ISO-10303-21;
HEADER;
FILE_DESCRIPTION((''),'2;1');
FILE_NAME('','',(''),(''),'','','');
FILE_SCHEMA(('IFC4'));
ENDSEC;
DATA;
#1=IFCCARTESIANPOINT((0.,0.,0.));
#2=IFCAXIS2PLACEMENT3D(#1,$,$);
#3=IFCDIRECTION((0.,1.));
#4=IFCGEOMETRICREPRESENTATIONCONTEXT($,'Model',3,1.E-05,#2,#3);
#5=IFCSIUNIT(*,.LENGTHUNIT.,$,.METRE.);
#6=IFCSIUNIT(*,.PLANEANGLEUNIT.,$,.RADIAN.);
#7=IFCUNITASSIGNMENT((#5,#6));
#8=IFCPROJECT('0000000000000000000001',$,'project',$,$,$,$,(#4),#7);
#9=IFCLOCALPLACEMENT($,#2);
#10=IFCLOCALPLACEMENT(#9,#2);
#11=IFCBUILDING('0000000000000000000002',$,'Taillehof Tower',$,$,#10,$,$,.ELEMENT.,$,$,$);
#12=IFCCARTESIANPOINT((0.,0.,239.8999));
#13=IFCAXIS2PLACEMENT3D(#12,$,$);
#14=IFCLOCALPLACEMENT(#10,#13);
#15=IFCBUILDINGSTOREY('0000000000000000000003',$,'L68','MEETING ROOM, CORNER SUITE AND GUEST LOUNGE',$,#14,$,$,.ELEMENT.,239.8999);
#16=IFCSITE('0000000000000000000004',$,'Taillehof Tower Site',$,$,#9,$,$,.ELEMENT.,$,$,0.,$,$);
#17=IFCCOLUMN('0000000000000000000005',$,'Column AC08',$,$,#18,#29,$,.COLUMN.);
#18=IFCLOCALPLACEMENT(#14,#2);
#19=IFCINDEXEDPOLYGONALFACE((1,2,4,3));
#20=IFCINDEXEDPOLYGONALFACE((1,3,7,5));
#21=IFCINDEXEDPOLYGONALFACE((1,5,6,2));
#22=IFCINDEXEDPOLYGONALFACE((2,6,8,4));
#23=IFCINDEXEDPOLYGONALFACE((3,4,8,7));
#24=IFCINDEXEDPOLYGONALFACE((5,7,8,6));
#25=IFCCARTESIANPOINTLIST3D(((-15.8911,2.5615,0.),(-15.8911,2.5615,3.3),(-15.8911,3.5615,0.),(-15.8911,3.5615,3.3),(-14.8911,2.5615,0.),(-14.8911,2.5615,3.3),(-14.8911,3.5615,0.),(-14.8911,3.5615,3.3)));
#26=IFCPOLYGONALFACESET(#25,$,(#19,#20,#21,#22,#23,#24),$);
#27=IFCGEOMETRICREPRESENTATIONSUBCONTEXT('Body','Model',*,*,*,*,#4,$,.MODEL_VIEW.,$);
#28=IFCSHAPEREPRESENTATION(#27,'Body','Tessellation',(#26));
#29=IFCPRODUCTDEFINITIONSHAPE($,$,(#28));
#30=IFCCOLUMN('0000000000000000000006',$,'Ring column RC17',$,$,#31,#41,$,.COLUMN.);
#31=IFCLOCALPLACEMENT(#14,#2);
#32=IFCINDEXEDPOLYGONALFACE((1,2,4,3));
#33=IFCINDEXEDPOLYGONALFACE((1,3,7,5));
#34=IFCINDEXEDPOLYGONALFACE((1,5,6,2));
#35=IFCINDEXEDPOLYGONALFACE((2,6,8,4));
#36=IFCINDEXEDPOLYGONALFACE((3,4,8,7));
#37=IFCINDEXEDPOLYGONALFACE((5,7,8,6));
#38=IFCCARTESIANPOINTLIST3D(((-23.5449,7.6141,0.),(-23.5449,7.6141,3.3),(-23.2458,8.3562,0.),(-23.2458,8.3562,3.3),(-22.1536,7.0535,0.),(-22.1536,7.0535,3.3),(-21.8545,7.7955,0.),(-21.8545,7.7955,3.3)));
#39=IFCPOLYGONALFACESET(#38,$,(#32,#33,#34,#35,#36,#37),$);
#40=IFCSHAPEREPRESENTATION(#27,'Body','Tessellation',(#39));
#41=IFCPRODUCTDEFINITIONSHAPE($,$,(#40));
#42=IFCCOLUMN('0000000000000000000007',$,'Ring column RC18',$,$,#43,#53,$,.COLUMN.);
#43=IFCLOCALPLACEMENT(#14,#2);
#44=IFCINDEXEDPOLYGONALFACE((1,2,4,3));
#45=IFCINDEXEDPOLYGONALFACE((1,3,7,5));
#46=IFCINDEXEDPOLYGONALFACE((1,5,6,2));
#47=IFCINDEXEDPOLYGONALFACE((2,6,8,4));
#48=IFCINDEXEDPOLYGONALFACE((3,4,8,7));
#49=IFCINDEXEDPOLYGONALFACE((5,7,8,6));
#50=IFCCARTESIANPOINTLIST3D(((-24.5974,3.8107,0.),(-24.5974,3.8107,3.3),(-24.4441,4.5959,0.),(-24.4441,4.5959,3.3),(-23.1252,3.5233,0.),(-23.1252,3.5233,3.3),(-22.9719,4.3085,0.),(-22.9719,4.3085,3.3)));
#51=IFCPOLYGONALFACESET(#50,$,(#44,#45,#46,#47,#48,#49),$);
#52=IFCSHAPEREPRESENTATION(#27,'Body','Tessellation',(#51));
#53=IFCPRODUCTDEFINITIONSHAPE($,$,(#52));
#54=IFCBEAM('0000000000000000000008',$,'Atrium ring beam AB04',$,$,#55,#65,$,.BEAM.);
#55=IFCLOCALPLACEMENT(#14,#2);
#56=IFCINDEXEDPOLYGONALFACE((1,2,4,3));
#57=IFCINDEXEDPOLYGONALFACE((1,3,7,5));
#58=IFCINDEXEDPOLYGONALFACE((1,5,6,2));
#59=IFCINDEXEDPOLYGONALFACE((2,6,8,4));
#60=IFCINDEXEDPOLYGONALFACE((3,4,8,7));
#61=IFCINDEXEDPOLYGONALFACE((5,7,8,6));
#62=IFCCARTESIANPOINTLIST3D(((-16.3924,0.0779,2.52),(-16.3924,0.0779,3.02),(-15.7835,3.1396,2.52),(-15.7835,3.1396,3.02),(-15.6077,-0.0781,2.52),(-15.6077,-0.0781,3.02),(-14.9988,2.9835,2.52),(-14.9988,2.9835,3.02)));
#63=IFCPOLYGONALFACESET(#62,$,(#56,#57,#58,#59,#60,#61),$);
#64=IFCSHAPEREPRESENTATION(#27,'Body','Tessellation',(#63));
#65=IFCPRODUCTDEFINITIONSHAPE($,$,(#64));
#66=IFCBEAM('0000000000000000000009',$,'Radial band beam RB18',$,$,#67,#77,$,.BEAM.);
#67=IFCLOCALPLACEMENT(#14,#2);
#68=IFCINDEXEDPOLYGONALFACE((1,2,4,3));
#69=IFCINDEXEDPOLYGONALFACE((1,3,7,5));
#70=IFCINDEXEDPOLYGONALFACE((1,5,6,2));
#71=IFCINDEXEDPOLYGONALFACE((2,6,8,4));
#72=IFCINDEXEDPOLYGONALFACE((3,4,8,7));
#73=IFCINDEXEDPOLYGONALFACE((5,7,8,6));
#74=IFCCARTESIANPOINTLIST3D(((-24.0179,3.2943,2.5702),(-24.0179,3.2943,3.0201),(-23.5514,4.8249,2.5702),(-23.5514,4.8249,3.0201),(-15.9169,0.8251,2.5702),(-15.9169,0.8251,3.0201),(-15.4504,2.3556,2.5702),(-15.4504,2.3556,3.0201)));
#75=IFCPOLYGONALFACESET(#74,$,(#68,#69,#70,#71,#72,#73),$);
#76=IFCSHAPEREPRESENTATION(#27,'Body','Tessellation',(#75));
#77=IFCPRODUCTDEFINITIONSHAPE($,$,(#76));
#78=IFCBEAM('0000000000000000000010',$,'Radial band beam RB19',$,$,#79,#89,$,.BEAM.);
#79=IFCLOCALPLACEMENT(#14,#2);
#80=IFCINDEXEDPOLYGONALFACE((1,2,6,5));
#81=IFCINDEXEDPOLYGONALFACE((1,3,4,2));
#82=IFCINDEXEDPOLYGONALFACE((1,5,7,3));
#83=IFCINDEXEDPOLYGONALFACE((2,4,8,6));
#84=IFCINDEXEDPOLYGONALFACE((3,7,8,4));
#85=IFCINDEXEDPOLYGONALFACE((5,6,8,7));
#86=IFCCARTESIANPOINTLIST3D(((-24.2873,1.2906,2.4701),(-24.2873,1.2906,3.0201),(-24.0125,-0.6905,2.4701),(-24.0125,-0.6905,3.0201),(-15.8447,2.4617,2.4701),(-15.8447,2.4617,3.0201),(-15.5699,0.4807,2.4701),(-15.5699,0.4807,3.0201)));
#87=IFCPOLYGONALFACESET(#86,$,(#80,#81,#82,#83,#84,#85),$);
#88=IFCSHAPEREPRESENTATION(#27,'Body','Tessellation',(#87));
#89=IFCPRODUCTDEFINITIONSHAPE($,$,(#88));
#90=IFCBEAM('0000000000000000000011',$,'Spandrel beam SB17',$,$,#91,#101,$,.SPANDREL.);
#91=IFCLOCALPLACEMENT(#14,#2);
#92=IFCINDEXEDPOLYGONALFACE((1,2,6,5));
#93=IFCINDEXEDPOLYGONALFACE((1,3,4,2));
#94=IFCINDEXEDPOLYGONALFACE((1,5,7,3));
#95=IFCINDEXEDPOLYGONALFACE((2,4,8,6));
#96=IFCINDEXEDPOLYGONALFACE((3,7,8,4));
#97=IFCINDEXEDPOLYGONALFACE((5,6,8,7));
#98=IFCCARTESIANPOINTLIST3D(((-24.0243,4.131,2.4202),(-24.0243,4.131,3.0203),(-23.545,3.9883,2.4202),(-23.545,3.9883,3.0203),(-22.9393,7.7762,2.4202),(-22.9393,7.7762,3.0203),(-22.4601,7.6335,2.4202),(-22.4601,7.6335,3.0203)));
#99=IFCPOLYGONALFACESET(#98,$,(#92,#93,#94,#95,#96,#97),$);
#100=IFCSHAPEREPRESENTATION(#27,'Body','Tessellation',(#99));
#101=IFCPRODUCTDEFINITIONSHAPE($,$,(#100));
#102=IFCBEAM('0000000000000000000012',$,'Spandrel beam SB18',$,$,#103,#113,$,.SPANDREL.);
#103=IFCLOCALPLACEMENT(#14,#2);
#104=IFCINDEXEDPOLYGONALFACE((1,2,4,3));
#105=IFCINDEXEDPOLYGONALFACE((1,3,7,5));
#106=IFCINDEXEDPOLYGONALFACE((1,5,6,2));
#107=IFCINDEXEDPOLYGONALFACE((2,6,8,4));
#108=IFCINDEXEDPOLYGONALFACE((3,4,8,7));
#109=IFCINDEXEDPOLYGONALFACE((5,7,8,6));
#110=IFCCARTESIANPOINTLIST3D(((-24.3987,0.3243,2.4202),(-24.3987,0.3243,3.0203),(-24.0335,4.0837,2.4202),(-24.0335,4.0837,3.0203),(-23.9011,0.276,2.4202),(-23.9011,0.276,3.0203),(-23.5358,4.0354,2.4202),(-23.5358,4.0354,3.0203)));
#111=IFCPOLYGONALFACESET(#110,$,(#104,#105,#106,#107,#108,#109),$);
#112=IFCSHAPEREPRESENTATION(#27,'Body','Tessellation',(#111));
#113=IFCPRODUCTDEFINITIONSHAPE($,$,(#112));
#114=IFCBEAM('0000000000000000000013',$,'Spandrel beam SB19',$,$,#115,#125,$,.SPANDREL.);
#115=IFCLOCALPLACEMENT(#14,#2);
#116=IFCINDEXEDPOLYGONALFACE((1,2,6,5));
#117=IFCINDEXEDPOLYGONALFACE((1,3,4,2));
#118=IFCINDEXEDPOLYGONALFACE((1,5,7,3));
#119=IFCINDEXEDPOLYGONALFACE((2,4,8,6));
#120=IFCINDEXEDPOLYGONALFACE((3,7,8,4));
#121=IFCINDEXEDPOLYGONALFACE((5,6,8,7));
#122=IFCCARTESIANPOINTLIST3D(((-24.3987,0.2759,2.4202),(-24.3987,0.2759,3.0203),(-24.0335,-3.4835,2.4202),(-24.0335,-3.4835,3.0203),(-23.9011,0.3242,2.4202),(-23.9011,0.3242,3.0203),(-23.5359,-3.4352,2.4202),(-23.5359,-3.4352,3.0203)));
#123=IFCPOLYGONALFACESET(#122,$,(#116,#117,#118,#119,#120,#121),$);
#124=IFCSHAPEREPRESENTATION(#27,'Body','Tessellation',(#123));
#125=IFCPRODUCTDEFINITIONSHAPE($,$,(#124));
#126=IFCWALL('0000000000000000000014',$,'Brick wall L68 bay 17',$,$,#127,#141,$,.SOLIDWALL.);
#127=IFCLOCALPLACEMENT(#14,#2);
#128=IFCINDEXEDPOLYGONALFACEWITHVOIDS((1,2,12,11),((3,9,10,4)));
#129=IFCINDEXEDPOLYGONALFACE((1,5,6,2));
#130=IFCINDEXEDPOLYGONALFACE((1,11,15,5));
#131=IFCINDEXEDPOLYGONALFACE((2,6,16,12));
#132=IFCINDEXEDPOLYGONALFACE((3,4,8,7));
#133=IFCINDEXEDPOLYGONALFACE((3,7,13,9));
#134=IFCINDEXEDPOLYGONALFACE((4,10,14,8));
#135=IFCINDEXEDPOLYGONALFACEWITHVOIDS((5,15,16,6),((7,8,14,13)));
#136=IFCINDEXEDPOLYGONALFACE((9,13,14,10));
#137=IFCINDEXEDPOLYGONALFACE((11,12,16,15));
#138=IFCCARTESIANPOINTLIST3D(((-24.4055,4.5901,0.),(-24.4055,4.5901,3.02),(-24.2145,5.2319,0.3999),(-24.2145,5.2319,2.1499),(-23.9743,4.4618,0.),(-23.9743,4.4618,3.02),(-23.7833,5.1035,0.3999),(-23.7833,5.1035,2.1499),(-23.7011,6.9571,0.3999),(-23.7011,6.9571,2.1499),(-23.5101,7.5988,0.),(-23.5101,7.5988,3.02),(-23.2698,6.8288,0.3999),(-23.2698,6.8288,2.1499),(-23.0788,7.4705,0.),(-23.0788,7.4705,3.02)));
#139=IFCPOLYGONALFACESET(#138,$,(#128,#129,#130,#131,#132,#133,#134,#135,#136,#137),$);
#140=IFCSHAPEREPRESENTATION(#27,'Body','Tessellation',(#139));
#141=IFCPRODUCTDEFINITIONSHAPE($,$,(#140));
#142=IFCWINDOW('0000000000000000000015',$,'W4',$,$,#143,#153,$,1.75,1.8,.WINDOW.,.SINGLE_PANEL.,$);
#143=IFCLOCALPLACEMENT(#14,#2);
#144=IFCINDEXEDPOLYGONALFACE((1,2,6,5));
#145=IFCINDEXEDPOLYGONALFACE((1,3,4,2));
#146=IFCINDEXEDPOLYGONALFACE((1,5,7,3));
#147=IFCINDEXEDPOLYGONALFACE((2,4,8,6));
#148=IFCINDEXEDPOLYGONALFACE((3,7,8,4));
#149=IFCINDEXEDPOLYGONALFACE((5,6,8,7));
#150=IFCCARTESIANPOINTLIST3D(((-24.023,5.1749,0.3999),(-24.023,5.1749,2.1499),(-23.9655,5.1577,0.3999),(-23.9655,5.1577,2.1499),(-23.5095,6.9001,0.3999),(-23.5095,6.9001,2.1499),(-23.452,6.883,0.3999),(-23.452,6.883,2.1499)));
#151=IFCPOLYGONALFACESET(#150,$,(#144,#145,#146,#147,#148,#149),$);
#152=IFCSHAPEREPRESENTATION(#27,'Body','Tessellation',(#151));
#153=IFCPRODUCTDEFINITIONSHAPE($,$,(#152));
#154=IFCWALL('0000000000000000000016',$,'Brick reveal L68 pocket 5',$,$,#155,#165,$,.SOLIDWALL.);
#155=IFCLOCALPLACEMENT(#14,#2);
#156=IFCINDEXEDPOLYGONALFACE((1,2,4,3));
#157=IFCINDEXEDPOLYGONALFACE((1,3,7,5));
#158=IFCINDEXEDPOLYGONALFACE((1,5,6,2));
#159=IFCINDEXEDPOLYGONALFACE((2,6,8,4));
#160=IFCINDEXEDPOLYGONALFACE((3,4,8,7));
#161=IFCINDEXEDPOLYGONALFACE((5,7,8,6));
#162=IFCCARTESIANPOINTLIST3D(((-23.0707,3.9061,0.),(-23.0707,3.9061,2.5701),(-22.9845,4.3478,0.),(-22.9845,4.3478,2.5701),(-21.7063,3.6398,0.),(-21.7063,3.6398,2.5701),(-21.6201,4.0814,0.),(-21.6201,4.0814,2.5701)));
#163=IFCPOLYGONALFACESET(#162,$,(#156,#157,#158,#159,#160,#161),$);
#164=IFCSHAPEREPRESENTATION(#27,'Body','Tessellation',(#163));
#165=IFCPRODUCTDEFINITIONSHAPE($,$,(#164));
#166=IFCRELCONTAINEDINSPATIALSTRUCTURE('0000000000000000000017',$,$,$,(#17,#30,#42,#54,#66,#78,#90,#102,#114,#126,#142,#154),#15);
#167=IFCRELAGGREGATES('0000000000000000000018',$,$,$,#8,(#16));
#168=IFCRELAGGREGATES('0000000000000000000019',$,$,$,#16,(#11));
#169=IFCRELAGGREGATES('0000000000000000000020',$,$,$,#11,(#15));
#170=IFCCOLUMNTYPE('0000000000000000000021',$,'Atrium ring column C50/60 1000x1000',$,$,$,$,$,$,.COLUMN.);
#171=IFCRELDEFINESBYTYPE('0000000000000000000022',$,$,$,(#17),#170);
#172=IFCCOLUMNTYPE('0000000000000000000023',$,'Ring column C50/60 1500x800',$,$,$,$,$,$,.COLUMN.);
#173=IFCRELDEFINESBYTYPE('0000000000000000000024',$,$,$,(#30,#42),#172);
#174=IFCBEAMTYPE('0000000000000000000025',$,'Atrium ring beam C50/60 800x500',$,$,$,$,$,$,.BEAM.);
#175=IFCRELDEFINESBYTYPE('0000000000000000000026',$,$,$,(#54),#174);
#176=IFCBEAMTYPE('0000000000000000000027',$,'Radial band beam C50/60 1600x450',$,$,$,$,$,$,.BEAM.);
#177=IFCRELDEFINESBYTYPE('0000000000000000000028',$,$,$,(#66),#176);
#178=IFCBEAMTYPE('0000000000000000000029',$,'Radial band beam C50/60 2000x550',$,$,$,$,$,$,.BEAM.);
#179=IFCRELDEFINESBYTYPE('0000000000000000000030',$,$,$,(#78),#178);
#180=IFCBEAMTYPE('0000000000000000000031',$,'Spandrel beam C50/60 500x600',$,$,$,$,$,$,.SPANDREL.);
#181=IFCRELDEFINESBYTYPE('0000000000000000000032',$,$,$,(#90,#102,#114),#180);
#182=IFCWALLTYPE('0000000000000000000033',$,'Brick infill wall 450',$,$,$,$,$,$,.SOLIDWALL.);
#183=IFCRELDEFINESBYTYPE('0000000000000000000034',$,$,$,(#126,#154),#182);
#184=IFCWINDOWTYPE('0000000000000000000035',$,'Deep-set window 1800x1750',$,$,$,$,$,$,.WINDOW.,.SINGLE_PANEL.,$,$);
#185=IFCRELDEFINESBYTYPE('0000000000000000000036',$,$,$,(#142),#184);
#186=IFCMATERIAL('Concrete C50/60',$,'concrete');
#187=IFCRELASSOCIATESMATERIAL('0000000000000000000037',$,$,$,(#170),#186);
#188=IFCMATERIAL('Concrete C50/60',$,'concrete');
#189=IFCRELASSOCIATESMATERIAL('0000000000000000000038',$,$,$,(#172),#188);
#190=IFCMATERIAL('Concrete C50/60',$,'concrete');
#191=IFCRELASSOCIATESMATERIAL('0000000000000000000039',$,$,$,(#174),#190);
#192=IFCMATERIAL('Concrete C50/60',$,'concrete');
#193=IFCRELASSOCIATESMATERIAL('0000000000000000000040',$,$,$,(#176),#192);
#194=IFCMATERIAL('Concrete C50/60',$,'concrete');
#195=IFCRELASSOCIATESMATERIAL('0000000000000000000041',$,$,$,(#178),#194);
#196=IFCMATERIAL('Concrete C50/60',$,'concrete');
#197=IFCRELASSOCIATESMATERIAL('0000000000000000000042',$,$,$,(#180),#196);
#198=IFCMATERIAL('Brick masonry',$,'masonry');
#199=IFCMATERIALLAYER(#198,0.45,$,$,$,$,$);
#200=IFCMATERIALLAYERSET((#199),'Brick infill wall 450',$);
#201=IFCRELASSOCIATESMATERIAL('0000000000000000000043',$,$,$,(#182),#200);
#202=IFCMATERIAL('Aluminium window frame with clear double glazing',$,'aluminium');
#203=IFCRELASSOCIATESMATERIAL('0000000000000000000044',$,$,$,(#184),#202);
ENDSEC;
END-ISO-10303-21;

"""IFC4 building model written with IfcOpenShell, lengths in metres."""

from ifc_helpers import new_model, si_unit, direction, frame, frame_2d, origin, origin_2d, place, context, subcontext, project, spatial, rectangle, extrude, material, layer, layer_set, material_profile, profile_set, type_object, element, fill, save


model = new_model("IFC4")

# Units and contexts
model_context = context("Model", 3, precision=1e-05, world=origin(), true_north=direction((0.0, 1.0)))
body_context = subcontext(model_context, "Body", "Model", "MODEL_VIEW")
ifc_project = project(units=[si_unit("LENGTHUNIT", "METRE"), si_unit("PLANEANGLEUNIT", "RADIAN")], contexts=[model_context])

# Site, building, storey
site_placement = place(None, origin())
site = spatial("IfcSite", under=ifc_project, at=site_placement, Name="Taillehof Tower Site", CompositionType="ELEMENT", RefElevation=0.0)
building_placement = place(site_placement, origin())
building = spatial("IfcBuilding", under=site, at=building_placement, Name="Taillehof Tower", CompositionType="ELEMENT")
storey_placement = place(building_placement, frame((0.0, 0.0, 239.8999)))
storey = spatial("IfcBuildingStorey", under=building, at=storey_placement, Name="L68", Description="MEETING ROOM, CORNER SUITE AND GUEST LOUNGE", CompositionType="ELEMENT", Elevation=239.8999)

# Columns
ifc_material_1 = material(Name="Concrete C50/60", Category="concrete")
ifc_material_profile_1 = material_profile(ifc_material_1, rectangle(XDim=1.0, YDim=1.0, at=origin_2d()), Name="RC 1000x1000")
ifc_profile_set_1 = profile_set([ifc_material_profile_1], Name="Concrete C50/60")
column_type_1 = type_object("IfcColumnType", Name="Atrium ring column C50/60 1000x1000", PredefinedType="COLUMN", material=ifc_profile_set_1)
column_placement = place(storey_placement, frame((-15.3911, 3.0615, 0.0), z_axis=(0.0, 0.0, 1.0), x_axis=(1.0, 0.0, 0.0)))
element("IfcColumn", 1, at=column_placement, inside=storey, type_object=column_type_1, Name="Column AC08", PredefinedType="COLUMN", context=body_context, shape_type="SweptSolid", body=[
    extrude(rectangle(XDim=1.0, YDim=1.0, at=origin_2d()), origin(), (0.0, 0.0, 1.0), 3.3),
])
ifc_material_2 = material(Name="Concrete C50/60", Category="concrete")
ifc_material_profile_2 = material_profile(ifc_material_2, rectangle(XDim=1.5, YDim=0.8, at=origin_2d()), Name="RC 1500x800")
ifc_profile_set_2 = profile_set([ifc_material_profile_2], Name="Concrete C50/60")
column_type_2 = type_object("IfcColumnType", Name="Ring column C50/60 1500x800", PredefinedType="COLUMN", material=ifc_profile_set_2)
for number, where, z_axis, x_axis, name in (
    (2, (-22.6997, 7.7048, 0.0), (0.0, 0.0, 1.0), (-0.927525, 0.373762, 0.0), "Ring column RC17"),
    (3, (-23.7847, 4.0596, 0.0), (0.0, 0.0, 1.0), (-0.981473, 0.191602, 0.0), "Ring column RC18"),
):
    element("IfcColumn", number, at=place(storey_placement, frame(where, z_axis=z_axis, x_axis=x_axis)), inside=storey, type_object=column_type_2, Name=name, PredefinedType="COLUMN", context=body_context, shape_type="SweptSolid", body=[
        extrude(rectangle(XDim=1.5, YDim=0.8, at=origin_2d()), origin(), (0.0, 0.0, 1.0), 3.3),
    ])

# Beams
ifc_material_3 = material(Name="Concrete C50/60", Category="concrete")
ifc_material_profile_3 = material_profile(ifc_material_3, rectangle(XDim=0.8, YDim=0.5, at=origin_2d()), Name="RC 800x500")
ifc_profile_set_3 = profile_set([ifc_material_profile_3], Name="Concrete C50/60")
beam_type_1 = type_object("IfcBeamType", Name="Atrium ring beam C50/60 800x500", PredefinedType="BEAM", material=ifc_profile_set_3)
beam_1_placement = place(storey_placement, frame((-15.3911, 3.0615, 2.77), z_axis=(-0.195063, -0.980791, 0.0), x_axis=(0.980791, -0.195063, 0.0)))
element("IfcBeam", 4, at=beam_1_placement, inside=storey, type_object=beam_type_1, Name="Atrium ring beam AB04", PredefinedType="BEAM", context=body_context, shape_type="SweptSolid", body=[
    extrude(rectangle(XDim=0.8, YDim=0.5, at=origin_2d()), origin(), (0.0, 0.0, 1.0), 3.1216),
])
ifc_material_4 = material(Name="Concrete C50/60", Category="concrete")
ifc_material_profile_4 = material_profile(ifc_material_4, rectangle(XDim=1.6001, YDim=0.45, at=origin_2d()), Name="RC 1600x450")
ifc_profile_set_4 = profile_set([ifc_material_profile_4], Name="Concrete C50/60")
beam_type_2 = type_object("IfcBeamType", Name="Radial band beam C50/60 1600x450", PredefinedType="BEAM", material=ifc_profile_set_4)
beam_2_placement = place(storey_placement, frame((-23.7847, 4.0596, 2.7952), z_axis=(0.956552, -0.291561, 0.0), x_axis=(0.291561, 0.956552, 0.0)))
element("IfcBeam", 5, at=beam_2_placement, inside=storey, type_object=beam_type_2, Name="Radial band beam RB18", PredefinedType="BEAM", context=body_context, shape_type="SweptSolid", body=[
    extrude(rectangle(XDim=1.6001, YDim=0.45, at=origin_2d()), origin(), (0.0, 0.0, 1.0), 8.469),
])
ifc_material_5 = material(Name="Concrete C50/60", Category="concrete")
ifc_material_profile_5 = material_profile(ifc_material_5, rectangle(XDim=2.0, YDim=0.55, at=origin_2d()), Name="RC 2000x550")
ifc_profile_set_5 = profile_set([ifc_material_profile_5], Name="Concrete C50/60")
beam_type_3 = type_object("IfcBeamType", Name="Radial band beam C50/60 2000x550", PredefinedType="BEAM", material=ifc_profile_set_5)
beam_3_placement = place(storey_placement, frame((-24.1499, 0.3, 2.7451), z_axis=(0.990515, 0.137402, 0.0), x_axis=(-0.137402, 0.990515, 0.0)))
element("IfcBeam", 6, at=beam_3_placement, inside=storey, type_object=beam_type_3, Name="Radial band beam RB19", PredefinedType="BEAM", context=body_context, shape_type="SweptSolid", body=[
    extrude(rectangle(XDim=2.0, YDim=0.55, at=origin_2d()), origin(), (0.0, 0.0, 1.0), 8.5234),
])
ifc_material_6 = material(Name="Concrete C50/60", Category="concrete")
ifc_material_profile_6 = material_profile(ifc_material_6, rectangle(XDim=0.5, YDim=0.6001, at=origin_2d()), Name="RC 500x600")
ifc_profile_set_6 = profile_set([ifc_material_profile_6], Name="Concrete C50/60")
beam_type_4 = type_object("IfcBeamType", Name="Spandrel beam C50/60 500x600", PredefinedType="SPANDREL", material=ifc_profile_set_6)
beam_4_placement = place(storey_placement, frame((-22.6997, 7.7048, 2.7202), z_axis=(-0.285268, -0.958448, 0.0), x_axis=(0.958448, -0.285268, 0.0)))
element("IfcBeam", 7, at=beam_4_placement, inside=storey, type_object=beam_type_4, Name="Spandrel beam SB17", PredefinedType="SPANDREL", context=body_context, shape_type="SweptSolid", body=[
    extrude(rectangle(XDim=0.5, YDim=0.6001, at=origin_2d()), origin(), (0.0, 0.0, 1.0), 3.8032),
])
for number, where, z_axis, x_axis, name in (
    (8, (-23.7847, 4.0596, 2.7202), (-0.096694, -0.995314, 0.0), (0.995314, -0.096694, 0.0), "Spandrel beam SB18"),
    (9, (-24.1499, 0.3, 2.7202), (0.096694, -0.995314, 0.0), (0.995314, 0.096694, 0.0), "Spandrel beam SB19"),
):
    element("IfcBeam", number, at=place(storey_placement, frame(where, z_axis=z_axis, x_axis=x_axis)), inside=storey, type_object=beam_type_4, Name=name, PredefinedType="SPANDREL", context=body_context, shape_type="SweptSolid", body=[
        extrude(rectangle(XDim=0.5, YDim=0.6001, at=origin_2d()), origin(), (0.0, 0.0, 1.0), 3.7771),
    ])

# Wall, opening, window
ifc_material_7 = material(Name="Brick masonry", Category="masonry")
ifc_layer_1 = layer(ifc_material_7, 0.45)
ifc_layer_set_1 = layer_set([ifc_layer_1], Name="Brick infill wall 450")
wall_type_1 = type_object("IfcWallType", Name="Brick infill wall 450", PredefinedType="SOLIDWALL", material=ifc_layer_set_1)
wall_1_placement = place(storey_placement, frame((-23.2944, 7.5347, 0.0), z_axis=(0.0, 0.0, 1.0), x_axis=(-0.285264, -0.958449, 0.0)))
wall_1 = element("IfcWall", 10, at=wall_1_placement, inside=storey, type_object=wall_type_1, Name="Brick wall L68 bay 17", PredefinedType="SOLIDWALL", context=body_context, shape_type="SweptSolid", body=[
    extrude(rectangle(XDim=3.1392, YDim=0.45, at=frame_2d((1.5696, 0.0))), origin(), (0.0, 0.0, 1.0), 3.02),
])
opening_1_placement = place(wall_1_placement, frame((0.6697, 0.0, 0.3999)))
opening_1 = element("IfcOpeningElement", 11, at=opening_1_placement, cuts=wall_1, PredefinedType="OPENING", context=body_context, shape_type="SweptSolid", body=[
    extrude(rectangle(XDim=1.8, YDim=1.75, at=frame_2d((0.8999, 0.875))), frame((0.0, 0.2349, 0.0), z_axis=(0.0, -1.0, 0.0), x_axis=(1.0, 0.0, 0.0)), (0.0, 0.0, 1.0), 0.47),
])
ifc_material_8 = material(Name="Aluminium window frame with clear double glazing", Category="aluminium")
window_type_1 = type_object("IfcWindowType", Name="Deep-set window 1800x1750", PartitioningType="SINGLE_PANEL", PredefinedType="WINDOW", material=ifc_material_8)
window_1_placement = place(opening_1_placement, origin())
window_1 = element("IfcWindow", 12, at=window_1_placement, inside=storey, type_object=window_type_1, Name="W4", OverallHeight=1.75, OverallWidth=1.8, PartitioningType="SINGLE_PANEL", PredefinedType="WINDOW", context=body_context, shape_type="SweptSolid", body=[
    extrude(rectangle(XDim=1.8, YDim=1.75, at=frame_2d((0.8999, 0.875))), frame((0.0, 0.0349, 0.0), z_axis=(0.0, -1.0, 0.0), x_axis=(1.0, 0.0, 0.0)), (0.0, 0.0, 1.0), 0.0601),
])
fill(opening_1, window_1)

# Wall
wall_2_placement = place(storey_placement, frame((-23.0276, 4.127, 0.0), z_axis=(0.0, 0.0, 1.0), x_axis=(0.981469, -0.191622, 0.0)))
element("IfcWall", 13, at=wall_2_placement, inside=storey, type_object=wall_type_1, Name="Brick reveal L68 pocket 5", PredefinedType="SOLIDWALL", context=body_context, shape_type="SweptSolid", body=[
    extrude(rectangle(XDim=1.3901, YDim=0.45, at=frame_2d((0.6951, 0.0))), origin(), (0.0, 0.0, 1.0), 2.5701),
])

save(model, "model.ifc")
